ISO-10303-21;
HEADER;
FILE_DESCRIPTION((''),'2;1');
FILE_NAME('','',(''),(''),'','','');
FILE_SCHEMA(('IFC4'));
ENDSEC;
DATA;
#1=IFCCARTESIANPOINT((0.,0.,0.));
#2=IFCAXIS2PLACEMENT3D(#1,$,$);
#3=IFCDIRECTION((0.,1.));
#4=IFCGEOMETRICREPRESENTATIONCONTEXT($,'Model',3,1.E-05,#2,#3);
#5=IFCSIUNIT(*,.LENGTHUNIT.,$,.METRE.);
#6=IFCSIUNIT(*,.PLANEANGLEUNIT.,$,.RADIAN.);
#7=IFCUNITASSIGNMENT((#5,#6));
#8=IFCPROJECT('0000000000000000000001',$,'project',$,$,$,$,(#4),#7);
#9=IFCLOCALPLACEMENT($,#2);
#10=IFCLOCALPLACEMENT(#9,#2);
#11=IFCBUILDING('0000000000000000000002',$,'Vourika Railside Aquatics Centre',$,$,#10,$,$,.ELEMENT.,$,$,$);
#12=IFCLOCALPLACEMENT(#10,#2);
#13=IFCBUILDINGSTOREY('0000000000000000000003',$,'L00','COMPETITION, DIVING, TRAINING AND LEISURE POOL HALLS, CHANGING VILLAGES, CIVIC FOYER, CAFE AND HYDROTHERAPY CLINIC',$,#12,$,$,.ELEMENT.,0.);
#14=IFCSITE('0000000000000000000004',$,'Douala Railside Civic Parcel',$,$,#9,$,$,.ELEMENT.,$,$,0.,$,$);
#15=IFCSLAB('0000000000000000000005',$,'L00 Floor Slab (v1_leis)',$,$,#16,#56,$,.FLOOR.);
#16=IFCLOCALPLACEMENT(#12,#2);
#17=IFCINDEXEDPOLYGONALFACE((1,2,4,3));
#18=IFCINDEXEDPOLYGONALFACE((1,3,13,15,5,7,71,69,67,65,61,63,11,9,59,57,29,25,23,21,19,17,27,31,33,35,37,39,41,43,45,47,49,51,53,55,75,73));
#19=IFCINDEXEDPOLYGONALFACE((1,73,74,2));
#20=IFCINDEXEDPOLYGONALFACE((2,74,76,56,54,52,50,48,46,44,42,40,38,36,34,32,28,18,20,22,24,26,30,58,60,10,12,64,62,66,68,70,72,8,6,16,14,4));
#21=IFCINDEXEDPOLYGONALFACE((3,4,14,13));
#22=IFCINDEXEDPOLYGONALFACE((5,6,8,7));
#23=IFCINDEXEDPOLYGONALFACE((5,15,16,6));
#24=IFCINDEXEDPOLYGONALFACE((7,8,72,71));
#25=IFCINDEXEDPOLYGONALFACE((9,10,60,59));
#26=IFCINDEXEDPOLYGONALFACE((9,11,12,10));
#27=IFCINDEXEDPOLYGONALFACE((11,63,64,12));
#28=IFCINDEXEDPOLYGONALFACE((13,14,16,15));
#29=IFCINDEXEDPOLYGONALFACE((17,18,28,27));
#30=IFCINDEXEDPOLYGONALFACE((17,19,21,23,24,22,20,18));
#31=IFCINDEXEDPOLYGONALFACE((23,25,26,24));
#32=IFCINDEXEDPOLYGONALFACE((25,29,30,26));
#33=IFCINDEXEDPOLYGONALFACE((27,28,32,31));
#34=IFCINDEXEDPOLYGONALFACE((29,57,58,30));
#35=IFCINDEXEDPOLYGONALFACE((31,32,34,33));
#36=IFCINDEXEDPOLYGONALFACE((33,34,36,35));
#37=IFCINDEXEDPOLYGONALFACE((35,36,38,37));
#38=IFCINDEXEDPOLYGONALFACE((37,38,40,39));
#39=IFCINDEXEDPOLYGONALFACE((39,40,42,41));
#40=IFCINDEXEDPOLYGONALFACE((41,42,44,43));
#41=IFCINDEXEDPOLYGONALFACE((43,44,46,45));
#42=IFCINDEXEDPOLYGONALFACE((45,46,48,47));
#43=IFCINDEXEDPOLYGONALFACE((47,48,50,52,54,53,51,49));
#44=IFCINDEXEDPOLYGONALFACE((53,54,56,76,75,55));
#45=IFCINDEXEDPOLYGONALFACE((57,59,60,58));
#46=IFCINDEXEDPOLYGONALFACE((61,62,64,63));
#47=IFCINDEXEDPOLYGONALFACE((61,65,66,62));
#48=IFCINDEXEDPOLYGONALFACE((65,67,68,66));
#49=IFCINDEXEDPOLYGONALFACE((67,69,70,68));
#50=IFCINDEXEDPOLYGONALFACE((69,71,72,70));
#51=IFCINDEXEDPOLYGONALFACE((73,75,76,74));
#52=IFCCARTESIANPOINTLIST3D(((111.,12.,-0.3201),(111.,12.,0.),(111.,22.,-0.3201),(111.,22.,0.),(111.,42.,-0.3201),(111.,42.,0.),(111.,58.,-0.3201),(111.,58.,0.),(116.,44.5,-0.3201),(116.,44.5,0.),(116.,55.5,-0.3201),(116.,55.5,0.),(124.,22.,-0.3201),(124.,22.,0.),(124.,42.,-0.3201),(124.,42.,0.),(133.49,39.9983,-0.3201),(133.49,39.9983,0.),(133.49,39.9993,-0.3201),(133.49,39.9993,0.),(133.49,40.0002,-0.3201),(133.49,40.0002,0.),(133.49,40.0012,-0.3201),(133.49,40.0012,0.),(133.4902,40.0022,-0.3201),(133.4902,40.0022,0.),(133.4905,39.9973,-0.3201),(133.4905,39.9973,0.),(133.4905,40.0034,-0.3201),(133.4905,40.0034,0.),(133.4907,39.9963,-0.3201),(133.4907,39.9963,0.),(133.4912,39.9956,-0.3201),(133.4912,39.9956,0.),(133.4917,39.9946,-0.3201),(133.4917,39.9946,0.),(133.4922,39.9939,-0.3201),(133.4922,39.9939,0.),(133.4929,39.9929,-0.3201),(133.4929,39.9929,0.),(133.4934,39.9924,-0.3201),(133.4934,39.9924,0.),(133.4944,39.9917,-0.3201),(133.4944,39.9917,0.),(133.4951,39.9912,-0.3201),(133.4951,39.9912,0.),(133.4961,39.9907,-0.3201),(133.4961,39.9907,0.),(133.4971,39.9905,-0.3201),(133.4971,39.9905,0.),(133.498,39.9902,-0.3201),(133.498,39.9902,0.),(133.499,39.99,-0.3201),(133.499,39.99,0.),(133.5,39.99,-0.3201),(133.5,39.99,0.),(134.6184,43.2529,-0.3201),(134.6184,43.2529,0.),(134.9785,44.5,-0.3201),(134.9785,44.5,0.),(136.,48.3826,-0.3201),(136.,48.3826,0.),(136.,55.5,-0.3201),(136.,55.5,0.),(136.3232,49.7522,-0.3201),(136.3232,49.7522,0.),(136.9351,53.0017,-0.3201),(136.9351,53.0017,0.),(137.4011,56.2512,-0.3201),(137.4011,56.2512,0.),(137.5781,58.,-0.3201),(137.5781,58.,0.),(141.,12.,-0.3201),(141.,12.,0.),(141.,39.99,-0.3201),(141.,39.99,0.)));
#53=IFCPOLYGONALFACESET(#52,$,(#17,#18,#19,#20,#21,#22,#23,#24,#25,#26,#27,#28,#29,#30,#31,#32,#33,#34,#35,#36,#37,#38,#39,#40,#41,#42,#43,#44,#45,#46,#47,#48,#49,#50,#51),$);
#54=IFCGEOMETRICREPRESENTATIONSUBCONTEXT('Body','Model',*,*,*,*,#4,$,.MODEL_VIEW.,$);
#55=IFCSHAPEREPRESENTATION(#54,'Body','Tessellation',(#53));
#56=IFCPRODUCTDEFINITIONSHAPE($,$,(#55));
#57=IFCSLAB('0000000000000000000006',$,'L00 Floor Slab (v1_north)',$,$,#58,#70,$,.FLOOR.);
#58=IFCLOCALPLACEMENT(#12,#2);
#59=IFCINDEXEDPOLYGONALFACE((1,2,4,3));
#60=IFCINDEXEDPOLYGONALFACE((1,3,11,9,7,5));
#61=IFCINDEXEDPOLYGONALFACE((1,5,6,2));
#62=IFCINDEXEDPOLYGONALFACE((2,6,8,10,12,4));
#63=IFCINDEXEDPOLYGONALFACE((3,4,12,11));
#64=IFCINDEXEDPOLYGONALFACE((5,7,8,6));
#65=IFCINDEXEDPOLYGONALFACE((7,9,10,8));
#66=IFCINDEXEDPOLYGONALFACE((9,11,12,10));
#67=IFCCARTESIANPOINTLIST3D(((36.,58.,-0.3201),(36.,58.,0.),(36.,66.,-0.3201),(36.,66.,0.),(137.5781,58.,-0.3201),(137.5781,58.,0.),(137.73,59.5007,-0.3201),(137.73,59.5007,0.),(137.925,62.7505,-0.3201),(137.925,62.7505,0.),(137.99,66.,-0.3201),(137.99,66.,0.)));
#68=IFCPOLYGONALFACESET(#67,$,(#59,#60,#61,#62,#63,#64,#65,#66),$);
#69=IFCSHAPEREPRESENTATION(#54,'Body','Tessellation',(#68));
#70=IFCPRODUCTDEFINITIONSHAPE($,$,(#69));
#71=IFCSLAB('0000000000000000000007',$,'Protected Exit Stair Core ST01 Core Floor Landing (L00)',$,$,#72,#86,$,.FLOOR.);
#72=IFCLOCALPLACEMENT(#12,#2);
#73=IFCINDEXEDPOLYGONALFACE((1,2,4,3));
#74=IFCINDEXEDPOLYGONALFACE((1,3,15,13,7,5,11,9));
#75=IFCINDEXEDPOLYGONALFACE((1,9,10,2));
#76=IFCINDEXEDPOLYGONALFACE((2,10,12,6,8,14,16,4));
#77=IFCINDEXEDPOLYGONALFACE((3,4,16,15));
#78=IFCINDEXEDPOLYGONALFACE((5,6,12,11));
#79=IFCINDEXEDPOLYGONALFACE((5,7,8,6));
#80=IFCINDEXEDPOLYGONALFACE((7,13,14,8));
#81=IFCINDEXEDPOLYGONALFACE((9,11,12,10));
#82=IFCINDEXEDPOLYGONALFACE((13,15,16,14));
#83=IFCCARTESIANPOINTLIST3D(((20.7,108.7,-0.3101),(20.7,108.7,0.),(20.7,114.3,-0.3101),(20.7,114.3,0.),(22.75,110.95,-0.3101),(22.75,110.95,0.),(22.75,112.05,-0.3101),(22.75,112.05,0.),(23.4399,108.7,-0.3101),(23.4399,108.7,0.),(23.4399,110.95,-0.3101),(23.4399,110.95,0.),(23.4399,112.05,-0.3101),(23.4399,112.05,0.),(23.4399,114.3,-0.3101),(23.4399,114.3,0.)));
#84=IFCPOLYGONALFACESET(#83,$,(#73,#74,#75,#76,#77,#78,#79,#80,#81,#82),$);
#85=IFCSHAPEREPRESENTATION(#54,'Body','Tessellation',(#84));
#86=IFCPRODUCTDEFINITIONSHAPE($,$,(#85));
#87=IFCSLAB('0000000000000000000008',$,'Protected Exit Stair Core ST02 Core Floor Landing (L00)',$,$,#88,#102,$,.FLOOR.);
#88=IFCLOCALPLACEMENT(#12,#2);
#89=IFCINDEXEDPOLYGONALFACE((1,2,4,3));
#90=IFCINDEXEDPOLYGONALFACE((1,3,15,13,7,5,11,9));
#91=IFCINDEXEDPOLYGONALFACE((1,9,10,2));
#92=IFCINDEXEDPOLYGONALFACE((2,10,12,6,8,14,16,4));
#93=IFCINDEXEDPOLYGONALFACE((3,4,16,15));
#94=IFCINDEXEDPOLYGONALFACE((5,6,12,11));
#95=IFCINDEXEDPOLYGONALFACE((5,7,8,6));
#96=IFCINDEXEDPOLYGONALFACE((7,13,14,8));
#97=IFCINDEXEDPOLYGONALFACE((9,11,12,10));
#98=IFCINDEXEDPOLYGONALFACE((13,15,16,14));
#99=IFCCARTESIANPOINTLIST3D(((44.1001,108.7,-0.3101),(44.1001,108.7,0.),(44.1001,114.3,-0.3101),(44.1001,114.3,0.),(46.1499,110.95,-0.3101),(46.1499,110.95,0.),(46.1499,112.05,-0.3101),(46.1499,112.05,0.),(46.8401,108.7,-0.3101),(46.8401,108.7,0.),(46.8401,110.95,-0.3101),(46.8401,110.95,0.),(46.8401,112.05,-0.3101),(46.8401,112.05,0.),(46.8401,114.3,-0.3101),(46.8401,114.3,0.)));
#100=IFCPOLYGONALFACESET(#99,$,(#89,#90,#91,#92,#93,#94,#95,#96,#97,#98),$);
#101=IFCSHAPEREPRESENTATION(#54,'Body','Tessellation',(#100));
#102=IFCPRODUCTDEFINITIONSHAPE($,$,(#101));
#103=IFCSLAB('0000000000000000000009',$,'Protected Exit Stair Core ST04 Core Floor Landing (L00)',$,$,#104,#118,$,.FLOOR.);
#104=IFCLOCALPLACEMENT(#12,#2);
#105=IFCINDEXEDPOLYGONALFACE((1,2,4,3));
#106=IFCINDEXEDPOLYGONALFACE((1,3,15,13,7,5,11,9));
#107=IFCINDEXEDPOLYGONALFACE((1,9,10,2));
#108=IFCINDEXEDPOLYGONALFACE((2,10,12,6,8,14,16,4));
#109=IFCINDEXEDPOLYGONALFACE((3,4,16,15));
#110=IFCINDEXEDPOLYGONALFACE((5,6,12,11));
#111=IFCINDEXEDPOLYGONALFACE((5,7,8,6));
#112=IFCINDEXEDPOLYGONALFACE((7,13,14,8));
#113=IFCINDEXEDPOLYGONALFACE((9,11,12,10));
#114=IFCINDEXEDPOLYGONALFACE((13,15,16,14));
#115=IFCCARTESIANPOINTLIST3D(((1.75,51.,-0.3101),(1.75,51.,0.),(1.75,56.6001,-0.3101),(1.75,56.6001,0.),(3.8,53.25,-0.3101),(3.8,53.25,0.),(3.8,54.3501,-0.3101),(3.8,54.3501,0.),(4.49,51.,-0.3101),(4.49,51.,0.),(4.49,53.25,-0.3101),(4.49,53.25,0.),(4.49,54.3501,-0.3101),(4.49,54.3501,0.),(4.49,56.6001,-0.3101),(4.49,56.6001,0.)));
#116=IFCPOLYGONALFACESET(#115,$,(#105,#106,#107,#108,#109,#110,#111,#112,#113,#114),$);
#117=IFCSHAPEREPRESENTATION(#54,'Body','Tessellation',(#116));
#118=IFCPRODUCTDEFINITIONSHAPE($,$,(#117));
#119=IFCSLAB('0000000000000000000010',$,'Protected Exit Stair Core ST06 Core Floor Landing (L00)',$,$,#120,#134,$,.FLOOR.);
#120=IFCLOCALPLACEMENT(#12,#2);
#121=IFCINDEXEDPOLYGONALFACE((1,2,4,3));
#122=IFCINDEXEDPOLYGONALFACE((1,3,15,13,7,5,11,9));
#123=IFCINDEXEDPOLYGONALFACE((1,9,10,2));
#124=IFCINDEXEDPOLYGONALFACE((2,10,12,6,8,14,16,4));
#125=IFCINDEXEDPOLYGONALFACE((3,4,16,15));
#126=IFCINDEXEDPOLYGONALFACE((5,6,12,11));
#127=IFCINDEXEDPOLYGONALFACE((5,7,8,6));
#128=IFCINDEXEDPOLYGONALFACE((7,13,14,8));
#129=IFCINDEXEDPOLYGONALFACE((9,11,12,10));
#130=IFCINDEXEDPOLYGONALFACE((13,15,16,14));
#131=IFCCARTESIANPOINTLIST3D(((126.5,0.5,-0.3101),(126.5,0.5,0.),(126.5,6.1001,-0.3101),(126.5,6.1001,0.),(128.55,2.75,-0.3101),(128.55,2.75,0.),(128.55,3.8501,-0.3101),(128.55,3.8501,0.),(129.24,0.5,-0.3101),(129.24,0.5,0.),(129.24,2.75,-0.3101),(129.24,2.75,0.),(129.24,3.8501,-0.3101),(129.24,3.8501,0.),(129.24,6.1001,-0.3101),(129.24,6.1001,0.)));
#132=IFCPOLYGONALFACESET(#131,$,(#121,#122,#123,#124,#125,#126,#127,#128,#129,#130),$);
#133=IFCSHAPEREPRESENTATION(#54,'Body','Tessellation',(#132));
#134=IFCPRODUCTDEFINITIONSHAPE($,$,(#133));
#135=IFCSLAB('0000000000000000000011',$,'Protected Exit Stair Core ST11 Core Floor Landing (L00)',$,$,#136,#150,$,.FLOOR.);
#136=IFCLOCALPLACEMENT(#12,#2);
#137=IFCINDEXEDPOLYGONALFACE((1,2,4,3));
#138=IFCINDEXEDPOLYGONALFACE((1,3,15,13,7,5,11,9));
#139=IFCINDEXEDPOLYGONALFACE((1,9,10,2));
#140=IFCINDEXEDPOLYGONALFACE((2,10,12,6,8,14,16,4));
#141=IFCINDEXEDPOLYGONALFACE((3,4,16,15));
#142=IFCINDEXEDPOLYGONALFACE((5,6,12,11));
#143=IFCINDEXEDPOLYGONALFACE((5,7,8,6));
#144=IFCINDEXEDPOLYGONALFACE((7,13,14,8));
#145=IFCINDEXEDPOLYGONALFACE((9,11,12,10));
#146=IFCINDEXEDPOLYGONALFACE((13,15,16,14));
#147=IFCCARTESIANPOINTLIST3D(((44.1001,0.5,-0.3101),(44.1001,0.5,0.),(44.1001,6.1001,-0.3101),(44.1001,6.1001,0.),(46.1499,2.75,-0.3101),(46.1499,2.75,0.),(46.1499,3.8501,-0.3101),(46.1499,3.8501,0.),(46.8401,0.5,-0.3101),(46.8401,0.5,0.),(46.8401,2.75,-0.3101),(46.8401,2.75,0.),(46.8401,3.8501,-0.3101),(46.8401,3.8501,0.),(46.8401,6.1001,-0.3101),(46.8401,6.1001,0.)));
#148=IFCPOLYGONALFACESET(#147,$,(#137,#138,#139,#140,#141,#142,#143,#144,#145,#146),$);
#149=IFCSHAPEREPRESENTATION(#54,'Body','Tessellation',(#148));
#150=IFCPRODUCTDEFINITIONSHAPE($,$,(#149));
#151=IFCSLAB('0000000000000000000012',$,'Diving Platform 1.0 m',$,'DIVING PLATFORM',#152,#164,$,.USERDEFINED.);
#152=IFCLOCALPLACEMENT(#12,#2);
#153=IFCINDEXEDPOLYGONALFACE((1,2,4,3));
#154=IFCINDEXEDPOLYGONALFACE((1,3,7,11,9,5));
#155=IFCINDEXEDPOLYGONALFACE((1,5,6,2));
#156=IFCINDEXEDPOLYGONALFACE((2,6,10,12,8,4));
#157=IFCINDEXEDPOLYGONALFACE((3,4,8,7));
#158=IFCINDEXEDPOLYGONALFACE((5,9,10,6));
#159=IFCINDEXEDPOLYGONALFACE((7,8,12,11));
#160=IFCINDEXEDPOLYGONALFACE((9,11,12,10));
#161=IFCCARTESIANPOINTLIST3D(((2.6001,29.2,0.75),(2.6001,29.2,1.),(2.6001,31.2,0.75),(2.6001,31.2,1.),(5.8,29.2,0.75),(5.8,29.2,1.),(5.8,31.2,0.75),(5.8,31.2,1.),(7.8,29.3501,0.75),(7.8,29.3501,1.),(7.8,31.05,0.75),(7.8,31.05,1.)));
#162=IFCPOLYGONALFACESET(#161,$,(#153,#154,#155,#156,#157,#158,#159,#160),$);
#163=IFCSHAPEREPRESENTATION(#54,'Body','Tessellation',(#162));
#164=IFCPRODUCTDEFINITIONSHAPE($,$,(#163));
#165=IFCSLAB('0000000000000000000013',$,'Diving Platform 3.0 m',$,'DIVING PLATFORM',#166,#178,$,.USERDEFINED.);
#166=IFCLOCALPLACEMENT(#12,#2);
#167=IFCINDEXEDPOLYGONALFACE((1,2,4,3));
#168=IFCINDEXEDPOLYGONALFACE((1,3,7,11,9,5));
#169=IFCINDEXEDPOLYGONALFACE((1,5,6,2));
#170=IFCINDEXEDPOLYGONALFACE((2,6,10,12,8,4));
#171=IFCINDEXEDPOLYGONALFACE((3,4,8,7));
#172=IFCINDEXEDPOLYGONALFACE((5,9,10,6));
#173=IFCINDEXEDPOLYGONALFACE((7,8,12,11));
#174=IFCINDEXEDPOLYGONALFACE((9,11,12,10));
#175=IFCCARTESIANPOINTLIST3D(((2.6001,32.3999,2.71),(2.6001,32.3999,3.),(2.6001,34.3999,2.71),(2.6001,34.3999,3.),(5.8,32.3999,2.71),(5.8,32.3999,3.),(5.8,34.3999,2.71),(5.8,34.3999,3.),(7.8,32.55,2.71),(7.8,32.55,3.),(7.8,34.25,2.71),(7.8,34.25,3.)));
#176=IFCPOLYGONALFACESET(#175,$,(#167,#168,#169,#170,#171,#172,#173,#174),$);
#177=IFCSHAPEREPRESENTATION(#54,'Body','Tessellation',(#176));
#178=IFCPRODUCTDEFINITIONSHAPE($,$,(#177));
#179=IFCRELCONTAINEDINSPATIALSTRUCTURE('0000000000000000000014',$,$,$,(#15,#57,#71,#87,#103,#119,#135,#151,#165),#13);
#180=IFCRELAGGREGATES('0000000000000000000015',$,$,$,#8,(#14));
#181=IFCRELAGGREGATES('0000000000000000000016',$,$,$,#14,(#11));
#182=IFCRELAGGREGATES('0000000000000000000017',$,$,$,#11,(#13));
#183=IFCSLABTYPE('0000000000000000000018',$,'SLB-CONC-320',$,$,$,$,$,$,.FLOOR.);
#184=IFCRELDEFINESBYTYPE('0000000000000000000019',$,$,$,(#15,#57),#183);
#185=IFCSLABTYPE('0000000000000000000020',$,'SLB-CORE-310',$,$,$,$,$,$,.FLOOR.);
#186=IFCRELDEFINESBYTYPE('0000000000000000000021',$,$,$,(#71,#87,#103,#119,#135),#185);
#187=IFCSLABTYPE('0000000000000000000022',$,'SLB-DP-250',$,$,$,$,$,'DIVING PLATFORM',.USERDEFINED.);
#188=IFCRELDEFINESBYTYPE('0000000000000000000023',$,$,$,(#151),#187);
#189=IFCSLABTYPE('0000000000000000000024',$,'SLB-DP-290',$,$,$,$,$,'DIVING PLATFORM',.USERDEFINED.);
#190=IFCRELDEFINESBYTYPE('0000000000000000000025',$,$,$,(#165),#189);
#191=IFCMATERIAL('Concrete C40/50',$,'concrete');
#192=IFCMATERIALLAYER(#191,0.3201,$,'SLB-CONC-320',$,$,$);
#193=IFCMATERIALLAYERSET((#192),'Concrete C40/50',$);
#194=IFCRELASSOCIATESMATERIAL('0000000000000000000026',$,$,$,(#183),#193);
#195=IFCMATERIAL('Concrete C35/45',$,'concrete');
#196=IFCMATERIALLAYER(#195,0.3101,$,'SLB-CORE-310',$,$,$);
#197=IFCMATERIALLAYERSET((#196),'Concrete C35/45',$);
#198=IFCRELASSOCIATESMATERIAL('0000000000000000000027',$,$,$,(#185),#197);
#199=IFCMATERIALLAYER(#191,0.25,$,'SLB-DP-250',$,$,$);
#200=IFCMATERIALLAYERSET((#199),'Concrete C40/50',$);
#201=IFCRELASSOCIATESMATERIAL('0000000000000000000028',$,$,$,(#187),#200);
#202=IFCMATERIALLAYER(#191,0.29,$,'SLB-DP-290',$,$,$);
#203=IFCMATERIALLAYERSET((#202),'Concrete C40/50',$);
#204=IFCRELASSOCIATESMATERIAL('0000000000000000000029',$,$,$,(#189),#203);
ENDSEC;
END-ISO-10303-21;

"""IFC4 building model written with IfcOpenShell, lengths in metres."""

from ifc_helpers import new_model, si_unit, direction, frame, origin, place, context, subcontext, project, spatial, polyline, outline, extrude, material, layer, layer_set, type_object, element, save


model = new_model("IFC4")

# Units and contexts
model_context = context("Model", 3, precision=1e-05, world=origin(), true_north=direction((0.0, 1.0)))
body_context = subcontext(model_context, "Body", "Model", "MODEL_VIEW")
ifc_project = project(units=[si_unit("LENGTHUNIT", "METRE"), si_unit("PLANEANGLEUNIT", "RADIAN")], contexts=[model_context])

# Site, building, storey
site_placement = place(None, origin())
site = spatial("IfcSite", under=ifc_project, at=site_placement, Name="Douala Railside Civic Parcel", CompositionType="ELEMENT", RefElevation=0.0)
building_placement = place(site_placement, origin())
building = spatial("IfcBuilding", under=site, at=building_placement, Name="Vourika Railside Aquatics Centre", CompositionType="ELEMENT")
storey_placement = place(building_placement, origin())
storey = spatial("IfcBuildingStorey", under=building, at=storey_placement, Name="L00", Description="COMPETITION, DIVING, TRAINING AND LEISURE POOL HALLS, CHANGING VILLAGES, CIVIC FOYER, CAFE AND HYDROTHERAPY CLINIC", CompositionType="ELEMENT", Elevation=0.0)

# Slabs
ifc_material_1 = material(Name="Concrete C35/45", Category="concrete")
ifc_material_2 = material(Name="Concrete C40/50", Category="concrete")
ifc_layer_1 = layer(ifc_material_2, 0.3201, Name="SLB-CONC-320")
ifc_layer_set_1 = layer_set([ifc_layer_1], Name="Concrete C40/50")
slab_type_1 = type_object("IfcSlabType", Name="SLB-CONC-320", PredefinedType="FLOOR", material=ifc_layer_set_1)
slab_1_placement = place(storey_placement, frame((0.0, 0.0, -0.3201)))
element("IfcSlab", 1, at=slab_1_placement, inside=storey, type_object=slab_type_1, Name="L00 Floor Slab (v1_leis)", PredefinedType="FLOOR", context=body_context, shape_type="SweptSolid", body=[
    extrude(outline(polyline([(111.0, 12.0), (111.0, 22.0), (124.0, 22.0), (124.0, 42.0), (111.0, 42.0), (111.0, 58.0), (137.5781, 58.0), (137.4011, 56.2512), (136.9351, 53.0017), (136.3232, 49.7522), (136.0, 48.3826), (136.0, 55.5), (116.0, 55.5), (116.0, 44.5), (134.9785, 44.5), (134.6184, 43.2529), (133.4905, 40.0034), (133.4902, 40.0022), (133.49, 40.0012), (133.49, 40.0002), (133.49, 39.9993), (133.49, 39.9983), (133.4905, 39.9973), (133.4907, 39.9963), (133.4912, 39.9956), (133.4917, 39.9946), (133.4922, 39.9939), (133.4929, 39.9929), (133.4934, 39.9924), (133.4944, 39.9917), (133.4951, 39.9912), (133.4961, 39.9907), (133.4971, 39.9905), (133.498, 39.9902), (133.499, 39.99), (133.5, 39.99), (141.0, 39.99), (141.0, 12.0), (111.0, 12.0)])), origin(), (0.0, 0.0, 1.0), 0.3201),
])
slab_2_placement = place(storey_placement, frame((0.0, 0.0, -0.3201)))
element("IfcSlab", 2, at=slab_2_placement, inside=storey, type_object=slab_type_1, Name="L00 Floor Slab (v1_north)", PredefinedType="FLOOR", context=body_context, shape_type="SweptSolid", body=[
    extrude(outline(polyline([(36.0, 66.0), (137.99, 66.0), (137.925, 62.7505), (137.73, 59.5007), (137.5781, 58.0), (36.0, 58.0), (36.0, 66.0)])), origin(), (0.0, 0.0, 1.0), 0.3201),
])
ifc_layer_2 = layer(ifc_material_1, 0.3101, Name="SLB-CORE-310")
ifc_layer_set_2 = layer_set([ifc_layer_2], Name="Concrete C35/45")
slab_type_2 = type_object("IfcSlabType", Name="SLB-CORE-310", PredefinedType="FLOOR", material=ifc_layer_set_2)
slab_3_placement = place(storey_placement, frame((0.0, 0.0, -0.3101)))
element("IfcSlab", 3, at=slab_3_placement, inside=storey, type_object=slab_type_2, Name="Protected Exit Stair Core ST01 Core Floor Landing (L00)", PredefinedType="FLOOR", context=body_context, shape_type="SweptSolid", body=[
    extrude(outline(polyline([(20.7, 108.7), (23.4399, 108.7), (23.4399, 110.95), (22.75, 110.95), (22.75, 112.05), (23.4399, 112.05), (23.4399, 114.3), (20.7, 114.3), (20.7, 108.7)])), origin(), (0.0, 0.0, 1.0), 0.3101),
])
slab_4_placement = place(storey_placement, frame((0.0, 0.0, -0.3101)))
element("IfcSlab", 4, at=slab_4_placement, inside=storey, type_object=slab_type_2, Name="Protected Exit Stair Core ST02 Core Floor Landing (L00)", PredefinedType="FLOOR", context=body_context, shape_type="SweptSolid", body=[
    extrude(outline(polyline([(44.1001, 108.7), (46.8401, 108.7), (46.8401, 110.95), (46.1499, 110.95), (46.1499, 112.05), (46.8401, 112.05), (46.8401, 114.3), (44.1001, 114.3), (44.1001, 108.7)])), origin(), (0.0, 0.0, 1.0), 0.3101),
])
slab_5_placement = place(storey_placement, frame((0.0, 0.0, -0.3101)))
element("IfcSlab", 5, at=slab_5_placement, inside=storey, type_object=slab_type_2, Name="Protected Exit Stair Core ST04 Core Floor Landing (L00)", PredefinedType="FLOOR", context=body_context, shape_type="SweptSolid", body=[
    extrude(outline(polyline([(1.75, 51.0), (4.49, 51.0), (4.49, 53.25), (3.8, 53.25), (3.8, 54.3501), (4.49, 54.3501), (4.49, 56.6001), (1.75, 56.6001), (1.75, 51.0)])), origin(), (0.0, 0.0, 1.0), 0.3101),
])
slab_6_placement = place(storey_placement, frame((0.0, 0.0, -0.3101)))
element("IfcSlab", 6, at=slab_6_placement, inside=storey, type_object=slab_type_2, Name="Protected Exit Stair Core ST06 Core Floor Landing (L00)", PredefinedType="FLOOR", context=body_context, shape_type="SweptSolid", body=[
    extrude(outline(polyline([(126.5, 0.5), (129.24, 0.5), (129.24, 2.75), (128.55, 2.75), (128.55, 3.8501), (129.24, 3.8501), (129.24, 6.1001), (126.5, 6.1001), (126.5, 0.5)])), origin(), (0.0, 0.0, 1.0), 0.3101),
])
slab_7_placement = place(storey_placement, frame((0.0, 0.0, -0.3101)))
element("IfcSlab", 7, at=slab_7_placement, inside=storey, type_object=slab_type_2, Name="Protected Exit Stair Core ST11 Core Floor Landing (L00)", PredefinedType="FLOOR", context=body_context, shape_type="SweptSolid", body=[
    extrude(outline(polyline([(44.1001, 0.5), (46.8401, 0.5), (46.8401, 2.75), (46.1499, 2.75), (46.1499, 3.8501), (46.8401, 3.8501), (46.8401, 6.1001), (44.1001, 6.1001), (44.1001, 0.5)])), origin(), (0.0, 0.0, 1.0), 0.3101),
])
ifc_layer_3 = layer(ifc_material_2, 0.25, Name="SLB-DP-250")
ifc_layer_set_3 = layer_set([ifc_layer_3], Name="Concrete C40/50")
slab_type_3 = type_object("IfcSlabType", Name="SLB-DP-250", ElementType="DIVING PLATFORM", PredefinedType="USERDEFINED", material=ifc_layer_set_3)
slab_8_placement = place(storey_placement, frame((0.0, 0.0, 0.75)))
element("IfcSlab", 8, at=slab_8_placement, inside=storey, type_object=slab_type_3, Name="Diving Platform 1.0 m", ObjectType="DIVING PLATFORM", PredefinedType="USERDEFINED", context=body_context, shape_type="SweptSolid", body=[
    extrude(outline(polyline([(2.6001, 29.2), (5.8, 29.2), (7.8, 29.3501), (7.8, 31.05), (5.8, 31.2), (2.6001, 31.2), (2.6001, 29.2)])), origin(), (0.0, 0.0, 1.0), 0.25),
])
ifc_layer_4 = layer(ifc_material_2, 0.29, Name="SLB-DP-290")
ifc_layer_set_4 = layer_set([ifc_layer_4], Name="Concrete C40/50")
slab_type_4 = type_object("IfcSlabType", Name="SLB-DP-290", ElementType="DIVING PLATFORM", PredefinedType="USERDEFINED", material=ifc_layer_set_4)
slab_9_placement = place(storey_placement, frame((0.0, 0.0, 2.71)))
element("IfcSlab", 9, at=slab_9_placement, inside=storey, type_object=slab_type_4, Name="Diving Platform 3.0 m", ObjectType="DIVING PLATFORM", PredefinedType="USERDEFINED", context=body_context, shape_type="SweptSolid", body=[
    extrude(outline(polyline([(2.6001, 32.3999), (5.8, 32.3999), (7.8, 32.55), (7.8, 34.25), (5.8, 34.3999), (2.6001, 34.3999), (2.6001, 32.3999)])), origin(), (0.0, 0.0, 1.0), 0.29),
])

save(model, "model.ifc")
